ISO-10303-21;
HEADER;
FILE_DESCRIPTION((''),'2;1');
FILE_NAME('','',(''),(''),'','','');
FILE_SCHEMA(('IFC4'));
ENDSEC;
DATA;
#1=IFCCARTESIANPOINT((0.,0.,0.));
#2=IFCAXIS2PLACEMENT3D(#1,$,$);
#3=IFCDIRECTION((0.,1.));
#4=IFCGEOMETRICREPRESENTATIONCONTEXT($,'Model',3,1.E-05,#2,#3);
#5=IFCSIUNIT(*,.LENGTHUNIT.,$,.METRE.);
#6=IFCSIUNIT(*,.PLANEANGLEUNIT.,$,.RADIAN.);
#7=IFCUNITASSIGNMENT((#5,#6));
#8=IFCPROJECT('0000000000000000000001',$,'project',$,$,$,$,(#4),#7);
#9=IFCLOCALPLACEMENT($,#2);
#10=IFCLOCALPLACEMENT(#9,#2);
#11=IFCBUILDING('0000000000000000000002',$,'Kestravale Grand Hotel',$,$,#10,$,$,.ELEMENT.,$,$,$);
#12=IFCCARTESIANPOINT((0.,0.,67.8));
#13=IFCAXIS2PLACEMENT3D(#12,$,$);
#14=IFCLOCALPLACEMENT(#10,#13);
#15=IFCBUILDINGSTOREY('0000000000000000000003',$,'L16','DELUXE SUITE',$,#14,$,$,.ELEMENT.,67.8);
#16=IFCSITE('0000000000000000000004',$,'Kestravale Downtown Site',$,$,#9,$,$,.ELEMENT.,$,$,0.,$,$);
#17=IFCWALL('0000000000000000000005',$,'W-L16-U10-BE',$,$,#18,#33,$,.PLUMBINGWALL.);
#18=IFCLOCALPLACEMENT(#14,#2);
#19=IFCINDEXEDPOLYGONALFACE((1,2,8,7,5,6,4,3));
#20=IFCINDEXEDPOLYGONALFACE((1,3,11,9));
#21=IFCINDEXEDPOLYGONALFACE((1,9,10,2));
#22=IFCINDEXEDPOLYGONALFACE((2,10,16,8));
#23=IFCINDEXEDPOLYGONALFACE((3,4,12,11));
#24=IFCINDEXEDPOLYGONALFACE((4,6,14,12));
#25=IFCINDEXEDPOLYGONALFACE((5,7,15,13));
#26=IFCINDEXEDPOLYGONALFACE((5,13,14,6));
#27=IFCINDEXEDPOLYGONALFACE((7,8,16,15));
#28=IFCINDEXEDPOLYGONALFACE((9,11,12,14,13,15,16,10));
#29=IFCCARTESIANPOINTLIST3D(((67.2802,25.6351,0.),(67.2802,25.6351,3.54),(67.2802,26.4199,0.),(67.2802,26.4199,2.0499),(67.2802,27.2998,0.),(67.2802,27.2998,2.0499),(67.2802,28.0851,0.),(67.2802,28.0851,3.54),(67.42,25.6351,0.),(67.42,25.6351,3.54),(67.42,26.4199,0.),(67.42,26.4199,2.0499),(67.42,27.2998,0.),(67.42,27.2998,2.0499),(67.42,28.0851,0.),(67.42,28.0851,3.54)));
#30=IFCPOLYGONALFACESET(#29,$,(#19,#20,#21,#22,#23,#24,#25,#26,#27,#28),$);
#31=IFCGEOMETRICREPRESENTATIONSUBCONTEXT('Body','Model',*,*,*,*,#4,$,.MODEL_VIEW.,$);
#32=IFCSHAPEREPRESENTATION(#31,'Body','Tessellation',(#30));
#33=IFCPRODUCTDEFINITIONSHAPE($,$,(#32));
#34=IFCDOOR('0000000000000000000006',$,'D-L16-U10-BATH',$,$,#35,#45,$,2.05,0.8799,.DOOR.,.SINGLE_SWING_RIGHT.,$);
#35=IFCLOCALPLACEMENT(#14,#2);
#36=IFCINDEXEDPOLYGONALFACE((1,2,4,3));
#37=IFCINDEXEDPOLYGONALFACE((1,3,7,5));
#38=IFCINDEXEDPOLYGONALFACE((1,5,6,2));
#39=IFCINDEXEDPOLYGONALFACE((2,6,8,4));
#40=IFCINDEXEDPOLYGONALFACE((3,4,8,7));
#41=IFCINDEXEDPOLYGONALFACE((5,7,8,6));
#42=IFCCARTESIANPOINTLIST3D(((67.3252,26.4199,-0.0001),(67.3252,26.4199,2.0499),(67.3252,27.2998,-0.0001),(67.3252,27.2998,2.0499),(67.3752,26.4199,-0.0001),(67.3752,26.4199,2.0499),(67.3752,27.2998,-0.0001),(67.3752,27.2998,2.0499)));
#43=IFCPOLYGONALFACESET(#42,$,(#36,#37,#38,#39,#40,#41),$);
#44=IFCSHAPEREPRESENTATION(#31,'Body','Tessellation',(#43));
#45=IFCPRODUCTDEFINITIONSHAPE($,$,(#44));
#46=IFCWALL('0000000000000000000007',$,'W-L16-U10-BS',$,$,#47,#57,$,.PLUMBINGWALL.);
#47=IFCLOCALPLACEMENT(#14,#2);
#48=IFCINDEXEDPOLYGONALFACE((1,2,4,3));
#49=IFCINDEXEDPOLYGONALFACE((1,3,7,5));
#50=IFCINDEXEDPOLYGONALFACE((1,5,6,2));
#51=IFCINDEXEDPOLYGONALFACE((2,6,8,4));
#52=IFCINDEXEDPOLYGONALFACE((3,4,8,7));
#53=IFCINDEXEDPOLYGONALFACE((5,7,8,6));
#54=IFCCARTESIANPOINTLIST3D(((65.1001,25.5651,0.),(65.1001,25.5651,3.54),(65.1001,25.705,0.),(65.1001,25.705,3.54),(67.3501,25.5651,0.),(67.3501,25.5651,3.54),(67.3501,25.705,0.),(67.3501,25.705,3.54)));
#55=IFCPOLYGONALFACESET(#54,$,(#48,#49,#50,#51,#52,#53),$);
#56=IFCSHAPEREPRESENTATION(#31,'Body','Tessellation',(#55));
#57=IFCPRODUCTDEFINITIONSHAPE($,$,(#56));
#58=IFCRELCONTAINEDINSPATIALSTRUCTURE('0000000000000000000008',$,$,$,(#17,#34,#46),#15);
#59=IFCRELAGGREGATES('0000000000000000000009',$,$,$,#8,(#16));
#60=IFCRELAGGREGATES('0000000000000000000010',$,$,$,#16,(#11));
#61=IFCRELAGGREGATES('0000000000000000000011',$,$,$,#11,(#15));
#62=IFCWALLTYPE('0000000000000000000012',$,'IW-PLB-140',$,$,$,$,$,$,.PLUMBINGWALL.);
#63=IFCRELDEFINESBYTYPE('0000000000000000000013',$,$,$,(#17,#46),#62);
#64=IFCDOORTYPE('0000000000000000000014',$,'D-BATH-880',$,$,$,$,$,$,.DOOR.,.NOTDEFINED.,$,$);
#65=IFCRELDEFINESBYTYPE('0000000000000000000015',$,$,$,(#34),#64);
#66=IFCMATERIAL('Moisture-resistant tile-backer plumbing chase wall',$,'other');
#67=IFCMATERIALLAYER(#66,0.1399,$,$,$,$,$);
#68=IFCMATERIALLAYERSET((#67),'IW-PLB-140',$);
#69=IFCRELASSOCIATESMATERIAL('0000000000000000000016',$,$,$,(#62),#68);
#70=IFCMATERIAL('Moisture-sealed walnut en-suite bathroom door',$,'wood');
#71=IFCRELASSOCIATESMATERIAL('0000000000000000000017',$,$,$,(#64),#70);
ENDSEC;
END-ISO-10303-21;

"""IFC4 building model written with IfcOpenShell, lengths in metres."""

from ifc_helpers import new_model, si_unit, direction, frame, frame_2d, origin, place, context, subcontext, project, spatial, rectangle, extrude, material, layer, layer_set, type_object, element, fill, save


model = new_model("IFC4")

# Units and contexts
model_context = context("Model", 3, precision=1e-05, world=origin(), true_north=direction((0.0, 1.0)))
body_context = subcontext(model_context, "Body", "Model", "MODEL_VIEW")
ifc_project = project(units=[si_unit("LENGTHUNIT", "METRE"), si_unit("PLANEANGLEUNIT", "RADIAN")], contexts=[model_context])

# Site, building, storey
site_placement = place(None, origin())
site = spatial("IfcSite", under=ifc_project, at=site_placement, Name="Kestravale Downtown Site", CompositionType="ELEMENT", RefElevation=0.0)
building_placement = place(site_placement, origin())
building = spatial("IfcBuilding", under=site, at=building_placement, Name="Kestravale Grand Hotel", CompositionType="ELEMENT")
storey_placement = place(building_placement, frame((0.0, 0.0, 67.8)))
storey = spatial("IfcBuildingStorey", under=building, at=storey_placement, Name="L16", Description="DELUXE SUITE", CompositionType="ELEMENT", Elevation=67.8)

# Shared definitions
ifc_material_1 = material(Name="Moisture-resistant tile-backer plumbing chase wall", Category="other")
ifc_layer_1 = layer(ifc_material_1, 0.1399)
ifc_layer_set_1 = layer_set([ifc_layer_1], Name="IW-PLB-140")
wall_type_1 = type_object("IfcWallType", Name="IW-PLB-140", PredefinedType="PLUMBINGWALL", material=ifc_layer_set_1)

# Shared definitions
ifc_material_2 = material(Name="Moisture-sealed walnut en-suite bathroom door", Category="wood")
door_type = type_object("IfcDoorType", Name="D-BATH-880", OperationType="NOTDEFINED", PredefinedType="DOOR", material=ifc_material_2)

# Wall, opening, door
wall_1_placement = place(storey_placement, frame((67.3501, 25.635, 0.0), z_axis=(0.0, 0.0, 1.0), x_axis=(0.0, 1.0, 0.0)))
wall_1 = element("IfcWall", 1, at=wall_1_placement, inside=storey, type_object=wall_type_1, Name="W-L16-U10-BE", PredefinedType="PLUMBINGWALL", context=body_context, shape_type="SweptSolid", body=[
    extrude(rectangle(XDim=2.45, YDim=0.1399, at=frame_2d((1.2251, 0.0))), origin(), (0.0, 0.0, 1.0), 3.54),
])
opening_1_placement = place(wall_1_placement, frame((0.7849, 0.0, 0.0)))
opening_1 = element("IfcOpeningElement", 2, at=opening_1_placement, cuts=wall_1, PredefinedType="OPENING", context=body_context, shape_type="SweptSolid", body=[
    extrude(rectangle(XDim=0.8799, YDim=2.05, at=frame_2d((0.4399, 1.0249))), frame((0.0, 0.0798, 0.0), z_axis=(0.0, -1.0, 0.0), x_axis=(1.0, 0.0, 0.0)), (0.0, 0.0, 1.0), 0.1599),
])
door_1_placement = place(opening_1_placement, origin())
door_1 = element("IfcDoor", 3, at=door_1_placement, inside=storey, type_object=door_type, Name="D-L16-U10-BATH", OperationType="SINGLE_SWING_RIGHT", OverallHeight=2.05, OverallWidth=0.8799, PredefinedType="DOOR", context=body_context, shape_type="SweptSolid", body=[
    extrude(rectangle(XDim=0.8799, YDim=2.05, at=frame_2d((0.4399, 1.0249))), frame((0.0, 0.0249, 0.0), z_axis=(0.0, -1.0, 0.0), x_axis=(1.0, 0.0, 0.0)), (0.0, 0.0, 1.0), 0.05),
])
fill(opening_1, door_1)

# Wall
wall_2_placement = place(storey_placement, frame((65.1001, 25.635, 0.0), z_axis=(0.0, 0.0, 1.0), x_axis=(1.0, 0.0, 0.0)))
element("IfcWall", 4, at=wall_2_placement, inside=storey, type_object=wall_type_1, Name="W-L16-U10-BS", PredefinedType="PLUMBINGWALL", context=body_context, shape_type="SweptSolid", body=[
    extrude(rectangle(XDim=2.25, YDim=0.1399, at=frame_2d((1.125, 0.0))), origin(), (0.0, 0.0, 1.0), 3.54),
])

save(model, "model.ifc")
